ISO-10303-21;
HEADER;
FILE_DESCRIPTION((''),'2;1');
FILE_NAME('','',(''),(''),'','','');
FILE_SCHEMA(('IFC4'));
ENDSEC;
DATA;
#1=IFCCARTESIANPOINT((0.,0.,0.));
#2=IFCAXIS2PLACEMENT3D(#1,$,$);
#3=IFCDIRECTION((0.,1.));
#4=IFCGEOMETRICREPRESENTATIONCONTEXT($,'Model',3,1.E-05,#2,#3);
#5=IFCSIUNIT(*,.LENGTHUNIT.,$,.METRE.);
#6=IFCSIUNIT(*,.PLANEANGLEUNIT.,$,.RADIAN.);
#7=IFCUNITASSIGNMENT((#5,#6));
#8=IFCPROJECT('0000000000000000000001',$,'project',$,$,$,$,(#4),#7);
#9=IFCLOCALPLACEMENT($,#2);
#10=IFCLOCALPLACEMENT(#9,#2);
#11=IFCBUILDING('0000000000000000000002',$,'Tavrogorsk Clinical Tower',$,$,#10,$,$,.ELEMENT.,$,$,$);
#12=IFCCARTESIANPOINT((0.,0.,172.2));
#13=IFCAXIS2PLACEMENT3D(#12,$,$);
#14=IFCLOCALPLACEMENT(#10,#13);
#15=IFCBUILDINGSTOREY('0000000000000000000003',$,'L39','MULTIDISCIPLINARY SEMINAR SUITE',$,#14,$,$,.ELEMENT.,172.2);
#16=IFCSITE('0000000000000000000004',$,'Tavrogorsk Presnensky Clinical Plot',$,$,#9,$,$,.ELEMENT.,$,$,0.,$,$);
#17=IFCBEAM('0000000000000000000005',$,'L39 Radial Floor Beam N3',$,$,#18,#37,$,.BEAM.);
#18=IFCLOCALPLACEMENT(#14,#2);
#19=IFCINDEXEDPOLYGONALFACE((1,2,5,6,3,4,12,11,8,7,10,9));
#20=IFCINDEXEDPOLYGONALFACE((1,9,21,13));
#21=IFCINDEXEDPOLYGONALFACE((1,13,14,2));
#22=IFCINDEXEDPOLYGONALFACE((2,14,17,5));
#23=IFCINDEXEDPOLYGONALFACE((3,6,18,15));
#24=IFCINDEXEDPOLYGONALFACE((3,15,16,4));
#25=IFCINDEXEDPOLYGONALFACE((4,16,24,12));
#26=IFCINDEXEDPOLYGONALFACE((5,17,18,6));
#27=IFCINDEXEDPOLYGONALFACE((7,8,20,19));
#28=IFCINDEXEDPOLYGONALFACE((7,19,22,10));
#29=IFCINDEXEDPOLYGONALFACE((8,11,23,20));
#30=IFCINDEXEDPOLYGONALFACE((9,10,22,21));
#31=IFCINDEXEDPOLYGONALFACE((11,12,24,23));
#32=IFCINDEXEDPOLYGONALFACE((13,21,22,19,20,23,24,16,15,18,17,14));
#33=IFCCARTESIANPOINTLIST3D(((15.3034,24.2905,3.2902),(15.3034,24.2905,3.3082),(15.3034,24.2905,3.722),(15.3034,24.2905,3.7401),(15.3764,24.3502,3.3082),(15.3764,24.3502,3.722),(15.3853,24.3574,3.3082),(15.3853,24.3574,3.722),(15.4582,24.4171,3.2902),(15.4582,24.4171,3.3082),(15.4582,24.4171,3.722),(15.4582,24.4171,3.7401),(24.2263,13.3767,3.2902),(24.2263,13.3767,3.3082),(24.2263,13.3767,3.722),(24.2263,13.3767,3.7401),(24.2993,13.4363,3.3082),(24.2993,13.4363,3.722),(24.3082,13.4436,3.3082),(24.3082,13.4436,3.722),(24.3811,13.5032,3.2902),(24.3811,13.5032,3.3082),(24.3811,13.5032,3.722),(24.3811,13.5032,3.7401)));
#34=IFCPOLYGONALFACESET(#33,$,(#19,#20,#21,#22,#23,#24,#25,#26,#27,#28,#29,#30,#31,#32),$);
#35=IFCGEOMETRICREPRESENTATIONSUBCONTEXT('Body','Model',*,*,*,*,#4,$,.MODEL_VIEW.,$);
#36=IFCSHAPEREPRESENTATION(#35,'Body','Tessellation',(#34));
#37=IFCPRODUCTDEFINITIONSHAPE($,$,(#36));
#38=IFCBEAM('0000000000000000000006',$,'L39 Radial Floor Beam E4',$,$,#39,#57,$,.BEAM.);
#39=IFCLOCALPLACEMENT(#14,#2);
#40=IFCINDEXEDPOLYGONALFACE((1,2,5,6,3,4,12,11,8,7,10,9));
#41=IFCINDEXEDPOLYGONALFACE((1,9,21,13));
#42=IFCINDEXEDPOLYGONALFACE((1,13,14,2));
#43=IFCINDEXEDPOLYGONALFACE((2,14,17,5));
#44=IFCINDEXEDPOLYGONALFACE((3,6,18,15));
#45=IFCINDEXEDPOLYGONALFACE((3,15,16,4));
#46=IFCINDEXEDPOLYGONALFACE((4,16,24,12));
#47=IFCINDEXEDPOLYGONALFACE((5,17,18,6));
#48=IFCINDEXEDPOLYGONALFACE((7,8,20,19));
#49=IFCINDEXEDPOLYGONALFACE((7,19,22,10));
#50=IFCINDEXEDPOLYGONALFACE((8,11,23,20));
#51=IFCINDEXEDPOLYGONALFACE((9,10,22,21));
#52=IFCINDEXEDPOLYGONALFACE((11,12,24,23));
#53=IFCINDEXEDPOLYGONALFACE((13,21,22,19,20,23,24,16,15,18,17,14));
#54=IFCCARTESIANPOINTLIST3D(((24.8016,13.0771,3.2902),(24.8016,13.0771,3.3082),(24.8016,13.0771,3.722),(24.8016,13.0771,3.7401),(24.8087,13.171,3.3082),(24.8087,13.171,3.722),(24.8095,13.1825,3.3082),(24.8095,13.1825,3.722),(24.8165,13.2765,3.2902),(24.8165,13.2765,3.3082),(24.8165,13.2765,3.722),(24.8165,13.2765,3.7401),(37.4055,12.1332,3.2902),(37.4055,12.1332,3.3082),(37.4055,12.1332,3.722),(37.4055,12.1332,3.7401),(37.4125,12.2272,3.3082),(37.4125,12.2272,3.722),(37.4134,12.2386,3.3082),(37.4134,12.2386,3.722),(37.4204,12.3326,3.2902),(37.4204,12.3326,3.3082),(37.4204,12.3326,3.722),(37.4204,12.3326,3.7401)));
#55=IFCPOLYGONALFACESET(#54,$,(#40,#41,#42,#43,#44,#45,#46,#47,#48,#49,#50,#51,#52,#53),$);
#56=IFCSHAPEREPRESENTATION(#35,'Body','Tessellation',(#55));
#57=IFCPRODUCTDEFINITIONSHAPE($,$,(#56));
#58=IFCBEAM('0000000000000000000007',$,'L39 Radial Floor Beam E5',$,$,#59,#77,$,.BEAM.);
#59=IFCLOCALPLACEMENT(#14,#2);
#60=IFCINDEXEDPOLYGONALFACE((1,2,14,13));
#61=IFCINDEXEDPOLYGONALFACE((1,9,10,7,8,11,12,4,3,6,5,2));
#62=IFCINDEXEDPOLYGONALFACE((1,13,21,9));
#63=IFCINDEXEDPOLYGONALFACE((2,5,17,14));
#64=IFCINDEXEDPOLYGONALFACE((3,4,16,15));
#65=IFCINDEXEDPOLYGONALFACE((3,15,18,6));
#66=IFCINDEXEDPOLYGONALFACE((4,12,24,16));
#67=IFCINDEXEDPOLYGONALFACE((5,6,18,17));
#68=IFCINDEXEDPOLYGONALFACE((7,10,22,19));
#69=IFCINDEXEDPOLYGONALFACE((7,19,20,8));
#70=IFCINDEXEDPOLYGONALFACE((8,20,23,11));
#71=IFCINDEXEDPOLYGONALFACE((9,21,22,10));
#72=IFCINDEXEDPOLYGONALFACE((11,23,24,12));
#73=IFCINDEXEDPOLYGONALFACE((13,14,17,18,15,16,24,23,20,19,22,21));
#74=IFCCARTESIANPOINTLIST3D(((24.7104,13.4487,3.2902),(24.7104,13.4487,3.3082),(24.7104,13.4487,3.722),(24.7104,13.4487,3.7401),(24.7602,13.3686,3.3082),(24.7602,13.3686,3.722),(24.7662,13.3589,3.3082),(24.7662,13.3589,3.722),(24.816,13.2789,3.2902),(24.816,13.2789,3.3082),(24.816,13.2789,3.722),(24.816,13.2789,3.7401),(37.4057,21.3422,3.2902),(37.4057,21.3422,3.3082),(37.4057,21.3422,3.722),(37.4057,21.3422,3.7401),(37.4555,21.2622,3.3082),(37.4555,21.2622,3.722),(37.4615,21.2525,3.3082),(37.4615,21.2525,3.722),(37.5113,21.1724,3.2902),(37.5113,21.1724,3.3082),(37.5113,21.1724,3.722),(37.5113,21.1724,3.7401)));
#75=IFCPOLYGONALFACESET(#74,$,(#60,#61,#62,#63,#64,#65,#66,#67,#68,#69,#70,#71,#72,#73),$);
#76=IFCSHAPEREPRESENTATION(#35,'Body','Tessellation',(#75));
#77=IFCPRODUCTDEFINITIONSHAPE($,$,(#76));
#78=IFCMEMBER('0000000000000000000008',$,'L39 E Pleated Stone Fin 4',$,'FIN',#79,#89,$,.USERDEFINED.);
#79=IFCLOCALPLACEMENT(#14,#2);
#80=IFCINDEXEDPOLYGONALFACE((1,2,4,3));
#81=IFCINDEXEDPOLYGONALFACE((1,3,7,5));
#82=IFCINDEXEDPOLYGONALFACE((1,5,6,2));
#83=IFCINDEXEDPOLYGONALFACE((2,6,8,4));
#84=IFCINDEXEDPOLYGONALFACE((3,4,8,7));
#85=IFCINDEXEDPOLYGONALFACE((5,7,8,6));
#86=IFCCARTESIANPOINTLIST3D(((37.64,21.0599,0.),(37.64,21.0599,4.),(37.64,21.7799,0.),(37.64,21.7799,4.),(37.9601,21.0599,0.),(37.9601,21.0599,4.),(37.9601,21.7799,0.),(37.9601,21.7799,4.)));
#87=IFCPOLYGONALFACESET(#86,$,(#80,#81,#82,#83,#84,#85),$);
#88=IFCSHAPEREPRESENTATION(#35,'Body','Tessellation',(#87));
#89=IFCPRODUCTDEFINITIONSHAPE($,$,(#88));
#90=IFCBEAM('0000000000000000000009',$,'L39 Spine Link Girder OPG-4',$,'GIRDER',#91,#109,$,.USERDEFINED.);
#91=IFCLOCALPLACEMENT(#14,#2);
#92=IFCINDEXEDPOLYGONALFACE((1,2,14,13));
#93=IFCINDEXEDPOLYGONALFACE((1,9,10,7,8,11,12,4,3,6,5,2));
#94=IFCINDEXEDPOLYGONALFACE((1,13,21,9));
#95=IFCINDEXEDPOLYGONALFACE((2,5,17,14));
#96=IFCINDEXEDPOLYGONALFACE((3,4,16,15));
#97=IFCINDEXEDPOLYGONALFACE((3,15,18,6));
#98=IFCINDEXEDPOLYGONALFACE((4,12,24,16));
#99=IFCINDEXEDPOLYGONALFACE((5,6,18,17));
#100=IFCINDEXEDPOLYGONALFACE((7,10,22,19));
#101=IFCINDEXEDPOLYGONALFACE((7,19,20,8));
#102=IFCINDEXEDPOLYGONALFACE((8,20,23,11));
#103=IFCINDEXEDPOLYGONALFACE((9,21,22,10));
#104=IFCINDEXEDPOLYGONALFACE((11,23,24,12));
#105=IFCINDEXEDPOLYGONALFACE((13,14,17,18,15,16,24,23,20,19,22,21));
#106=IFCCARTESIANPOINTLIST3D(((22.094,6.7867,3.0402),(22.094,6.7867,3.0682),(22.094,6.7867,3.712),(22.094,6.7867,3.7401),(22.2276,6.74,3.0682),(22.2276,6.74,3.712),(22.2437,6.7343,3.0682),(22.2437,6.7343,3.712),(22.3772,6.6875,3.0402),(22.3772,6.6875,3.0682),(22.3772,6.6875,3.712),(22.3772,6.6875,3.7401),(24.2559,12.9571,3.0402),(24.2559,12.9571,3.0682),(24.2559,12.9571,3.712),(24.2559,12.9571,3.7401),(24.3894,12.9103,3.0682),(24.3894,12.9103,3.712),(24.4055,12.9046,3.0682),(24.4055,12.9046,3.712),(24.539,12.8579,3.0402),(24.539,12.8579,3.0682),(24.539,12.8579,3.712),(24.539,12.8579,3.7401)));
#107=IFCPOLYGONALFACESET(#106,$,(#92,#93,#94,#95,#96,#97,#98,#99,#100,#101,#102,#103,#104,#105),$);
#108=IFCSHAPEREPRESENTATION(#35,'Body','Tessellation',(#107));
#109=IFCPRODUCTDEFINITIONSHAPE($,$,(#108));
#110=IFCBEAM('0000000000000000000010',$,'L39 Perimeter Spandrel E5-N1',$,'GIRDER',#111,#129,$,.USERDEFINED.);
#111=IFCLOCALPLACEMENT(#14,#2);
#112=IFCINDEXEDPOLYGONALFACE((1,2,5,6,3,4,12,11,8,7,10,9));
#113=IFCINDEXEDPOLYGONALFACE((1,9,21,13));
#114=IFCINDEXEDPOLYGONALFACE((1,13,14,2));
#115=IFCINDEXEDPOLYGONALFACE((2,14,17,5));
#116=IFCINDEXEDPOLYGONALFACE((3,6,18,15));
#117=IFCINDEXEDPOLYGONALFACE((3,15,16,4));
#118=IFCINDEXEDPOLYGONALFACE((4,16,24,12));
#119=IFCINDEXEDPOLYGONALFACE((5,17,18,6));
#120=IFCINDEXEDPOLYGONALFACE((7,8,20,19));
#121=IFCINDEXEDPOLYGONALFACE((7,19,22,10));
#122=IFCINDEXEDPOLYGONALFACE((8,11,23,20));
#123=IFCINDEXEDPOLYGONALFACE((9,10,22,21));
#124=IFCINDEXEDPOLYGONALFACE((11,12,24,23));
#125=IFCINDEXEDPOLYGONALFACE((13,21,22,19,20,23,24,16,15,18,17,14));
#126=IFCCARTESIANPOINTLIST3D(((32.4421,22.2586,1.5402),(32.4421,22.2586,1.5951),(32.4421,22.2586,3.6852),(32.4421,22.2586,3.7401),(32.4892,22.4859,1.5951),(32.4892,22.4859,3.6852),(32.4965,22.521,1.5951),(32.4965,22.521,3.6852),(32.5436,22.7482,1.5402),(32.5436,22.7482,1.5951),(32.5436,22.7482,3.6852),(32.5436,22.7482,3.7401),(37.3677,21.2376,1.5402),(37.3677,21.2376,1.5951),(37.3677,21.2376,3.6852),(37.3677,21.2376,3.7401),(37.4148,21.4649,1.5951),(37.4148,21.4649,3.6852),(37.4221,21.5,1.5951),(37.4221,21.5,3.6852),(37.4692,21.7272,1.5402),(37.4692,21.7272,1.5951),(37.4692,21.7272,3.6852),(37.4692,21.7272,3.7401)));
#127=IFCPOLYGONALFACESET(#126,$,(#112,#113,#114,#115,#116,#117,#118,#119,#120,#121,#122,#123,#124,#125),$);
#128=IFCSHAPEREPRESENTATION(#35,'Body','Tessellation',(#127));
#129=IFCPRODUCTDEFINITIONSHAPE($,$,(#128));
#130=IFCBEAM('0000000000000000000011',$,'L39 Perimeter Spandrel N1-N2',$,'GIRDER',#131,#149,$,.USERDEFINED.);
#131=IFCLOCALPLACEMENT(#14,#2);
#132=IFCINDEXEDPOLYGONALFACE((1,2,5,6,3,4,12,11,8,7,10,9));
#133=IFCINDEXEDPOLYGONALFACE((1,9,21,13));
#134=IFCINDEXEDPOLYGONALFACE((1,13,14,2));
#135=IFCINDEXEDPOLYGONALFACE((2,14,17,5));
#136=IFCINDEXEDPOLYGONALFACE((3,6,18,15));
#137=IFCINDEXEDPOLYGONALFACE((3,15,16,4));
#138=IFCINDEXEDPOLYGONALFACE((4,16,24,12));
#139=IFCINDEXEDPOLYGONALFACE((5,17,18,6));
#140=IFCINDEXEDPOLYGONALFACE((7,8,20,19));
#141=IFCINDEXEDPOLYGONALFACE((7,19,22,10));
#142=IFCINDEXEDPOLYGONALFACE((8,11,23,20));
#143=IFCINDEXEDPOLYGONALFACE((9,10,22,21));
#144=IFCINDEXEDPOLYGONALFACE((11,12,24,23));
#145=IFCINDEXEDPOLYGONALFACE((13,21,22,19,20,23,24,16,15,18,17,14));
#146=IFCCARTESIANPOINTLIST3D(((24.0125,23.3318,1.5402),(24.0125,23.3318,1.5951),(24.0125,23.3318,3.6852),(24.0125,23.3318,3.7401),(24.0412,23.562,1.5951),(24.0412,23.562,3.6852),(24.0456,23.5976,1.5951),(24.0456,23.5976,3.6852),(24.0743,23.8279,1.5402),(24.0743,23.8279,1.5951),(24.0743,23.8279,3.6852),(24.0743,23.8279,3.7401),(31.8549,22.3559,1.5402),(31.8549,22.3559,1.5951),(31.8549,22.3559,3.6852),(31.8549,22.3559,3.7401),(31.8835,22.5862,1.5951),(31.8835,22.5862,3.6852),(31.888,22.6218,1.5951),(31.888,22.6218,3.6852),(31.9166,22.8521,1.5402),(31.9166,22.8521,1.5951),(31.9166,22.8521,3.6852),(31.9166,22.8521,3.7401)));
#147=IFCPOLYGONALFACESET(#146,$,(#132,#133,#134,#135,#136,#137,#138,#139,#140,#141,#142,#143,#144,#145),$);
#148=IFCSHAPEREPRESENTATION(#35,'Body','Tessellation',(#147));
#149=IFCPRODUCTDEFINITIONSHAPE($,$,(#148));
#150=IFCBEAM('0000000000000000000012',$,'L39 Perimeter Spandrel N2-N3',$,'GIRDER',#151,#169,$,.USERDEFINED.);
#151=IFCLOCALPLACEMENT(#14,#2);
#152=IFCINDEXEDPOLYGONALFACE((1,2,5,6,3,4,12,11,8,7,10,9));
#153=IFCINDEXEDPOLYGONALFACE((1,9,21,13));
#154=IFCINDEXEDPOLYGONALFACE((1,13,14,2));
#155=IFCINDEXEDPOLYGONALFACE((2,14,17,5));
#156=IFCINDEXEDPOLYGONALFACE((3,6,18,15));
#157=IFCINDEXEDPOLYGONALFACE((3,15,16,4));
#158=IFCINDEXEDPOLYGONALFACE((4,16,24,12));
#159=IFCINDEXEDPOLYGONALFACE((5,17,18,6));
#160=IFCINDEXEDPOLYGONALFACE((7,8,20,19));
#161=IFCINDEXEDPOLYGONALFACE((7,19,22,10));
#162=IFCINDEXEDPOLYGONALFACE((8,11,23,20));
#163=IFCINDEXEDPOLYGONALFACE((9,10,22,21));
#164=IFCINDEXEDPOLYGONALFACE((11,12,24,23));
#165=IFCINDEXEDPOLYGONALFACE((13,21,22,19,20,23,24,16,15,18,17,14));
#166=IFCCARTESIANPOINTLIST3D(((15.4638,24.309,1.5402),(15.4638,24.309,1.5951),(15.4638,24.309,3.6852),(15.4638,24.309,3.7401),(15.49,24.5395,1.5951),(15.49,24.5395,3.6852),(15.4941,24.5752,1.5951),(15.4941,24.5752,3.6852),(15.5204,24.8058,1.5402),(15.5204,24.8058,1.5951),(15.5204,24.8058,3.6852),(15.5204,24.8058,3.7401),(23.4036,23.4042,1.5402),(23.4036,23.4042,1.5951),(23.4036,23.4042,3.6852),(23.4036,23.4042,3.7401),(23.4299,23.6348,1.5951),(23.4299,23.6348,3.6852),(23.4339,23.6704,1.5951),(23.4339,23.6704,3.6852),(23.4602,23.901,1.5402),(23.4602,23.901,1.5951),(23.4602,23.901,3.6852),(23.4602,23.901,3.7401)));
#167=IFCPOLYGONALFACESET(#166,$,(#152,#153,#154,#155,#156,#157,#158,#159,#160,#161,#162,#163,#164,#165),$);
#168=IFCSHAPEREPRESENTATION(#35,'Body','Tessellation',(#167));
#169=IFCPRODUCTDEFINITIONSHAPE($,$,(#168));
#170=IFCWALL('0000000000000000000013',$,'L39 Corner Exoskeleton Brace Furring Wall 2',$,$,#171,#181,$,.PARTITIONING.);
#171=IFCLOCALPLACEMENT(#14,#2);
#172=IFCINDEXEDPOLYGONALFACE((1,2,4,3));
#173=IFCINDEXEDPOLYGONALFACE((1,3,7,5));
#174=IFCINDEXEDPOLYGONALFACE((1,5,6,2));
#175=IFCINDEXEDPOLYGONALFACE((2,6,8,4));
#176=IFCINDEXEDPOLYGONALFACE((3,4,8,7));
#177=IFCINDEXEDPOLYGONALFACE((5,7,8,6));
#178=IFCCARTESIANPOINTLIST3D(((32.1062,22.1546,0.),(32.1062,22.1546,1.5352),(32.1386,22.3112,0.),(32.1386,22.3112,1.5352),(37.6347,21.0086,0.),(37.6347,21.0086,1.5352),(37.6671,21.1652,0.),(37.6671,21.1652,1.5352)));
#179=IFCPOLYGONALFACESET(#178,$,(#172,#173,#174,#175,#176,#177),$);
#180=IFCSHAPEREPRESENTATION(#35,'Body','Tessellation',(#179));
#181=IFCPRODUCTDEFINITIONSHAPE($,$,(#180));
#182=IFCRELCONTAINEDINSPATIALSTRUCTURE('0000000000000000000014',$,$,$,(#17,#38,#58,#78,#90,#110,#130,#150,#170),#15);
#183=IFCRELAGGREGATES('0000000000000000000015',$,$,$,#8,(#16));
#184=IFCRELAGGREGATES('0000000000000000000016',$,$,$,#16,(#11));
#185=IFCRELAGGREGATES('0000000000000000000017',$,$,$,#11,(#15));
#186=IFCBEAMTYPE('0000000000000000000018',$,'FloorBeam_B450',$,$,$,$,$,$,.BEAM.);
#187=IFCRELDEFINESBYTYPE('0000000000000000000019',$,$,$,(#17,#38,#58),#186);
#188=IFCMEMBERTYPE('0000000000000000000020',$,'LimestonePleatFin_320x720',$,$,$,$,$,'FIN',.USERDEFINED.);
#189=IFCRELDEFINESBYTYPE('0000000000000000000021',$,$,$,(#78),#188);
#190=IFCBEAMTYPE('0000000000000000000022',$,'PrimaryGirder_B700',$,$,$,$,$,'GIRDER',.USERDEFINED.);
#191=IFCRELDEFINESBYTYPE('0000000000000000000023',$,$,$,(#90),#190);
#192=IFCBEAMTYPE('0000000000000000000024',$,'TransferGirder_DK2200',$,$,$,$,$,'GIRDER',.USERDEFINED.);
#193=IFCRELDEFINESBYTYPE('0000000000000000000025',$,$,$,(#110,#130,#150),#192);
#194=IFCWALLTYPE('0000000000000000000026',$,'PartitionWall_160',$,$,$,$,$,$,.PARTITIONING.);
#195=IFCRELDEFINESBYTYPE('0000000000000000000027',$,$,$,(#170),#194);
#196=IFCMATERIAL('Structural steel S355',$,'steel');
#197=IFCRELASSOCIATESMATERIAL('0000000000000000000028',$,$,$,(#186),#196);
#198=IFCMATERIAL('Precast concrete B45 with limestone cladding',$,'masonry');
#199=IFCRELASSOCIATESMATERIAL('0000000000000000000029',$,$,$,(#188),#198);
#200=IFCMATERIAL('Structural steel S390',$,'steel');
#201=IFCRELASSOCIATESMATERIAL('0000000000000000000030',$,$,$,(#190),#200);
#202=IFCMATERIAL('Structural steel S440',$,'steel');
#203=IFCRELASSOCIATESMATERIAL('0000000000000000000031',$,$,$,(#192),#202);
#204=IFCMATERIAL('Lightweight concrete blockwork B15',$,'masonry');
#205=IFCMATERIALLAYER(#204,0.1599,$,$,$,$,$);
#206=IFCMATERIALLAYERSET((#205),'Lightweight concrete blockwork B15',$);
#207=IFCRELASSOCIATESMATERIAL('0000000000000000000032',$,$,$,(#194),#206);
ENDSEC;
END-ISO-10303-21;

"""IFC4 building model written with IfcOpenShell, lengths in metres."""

from ifc_helpers import new_model, si_unit, direction, frame, frame_2d, origin, origin_2d, place, context, subcontext, project, spatial, rectangle, i_section, extrude, material, layer, layer_set, material_profile, profile_set, type_object, element, save


model = new_model("IFC4")

# Units and contexts
model_context = context("Model", 3, precision=1e-05, world=origin(), true_north=direction((0.0, 1.0)))
body_context = subcontext(model_context, "Body", "Model", "MODEL_VIEW")
ifc_project = project(units=[si_unit("LENGTHUNIT", "METRE"), si_unit("PLANEANGLEUNIT", "RADIAN")], contexts=[model_context])

# Site, building, storey
site_placement = place(None, origin())
site = spatial("IfcSite", under=ifc_project, at=site_placement, Name="Tavrogorsk Presnensky Clinical Plot", CompositionType="ELEMENT", RefElevation=0.0)
building_placement = place(site_placement, origin())
building = spatial("IfcBuilding", under=site, at=building_placement, Name="Tavrogorsk Clinical Tower", CompositionType="ELEMENT")
storey_placement = place(building_placement, frame((0.0, 0.0, 172.2)))
storey = spatial("IfcBuildingStorey", under=building, at=storey_placement, Name="L39", Description="MULTIDISCIPLINARY SEMINAR SUITE", CompositionType="ELEMENT", Elevation=172.2)

# Beams
ifc_material_1 = material(Name="Structural steel S355", Category="steel")
ifc_material_profile_1 = material_profile(ifc_material_1, i_section(OverallWidth=0.2, OverallDepth=0.45, WebThickness=0.0115, FlangeThickness=0.0181, at=origin_2d()), Name="B-450x200x11.5x18")
ifc_profile_set_1 = profile_set([ifc_material_profile_1], Name="Structural steel S355")
beam_type_1 = type_object("IfcBeamType", Name="FloorBeam_B450", PredefinedType="BEAM", material=ifc_profile_set_1)
beam_1_placement = place(storey_placement, frame((24.3037, 13.4399, 3.5151), z_axis=(-0.632956, 0.774188, 0.0), x_axis=(-0.774188, -0.632956, 0.0)))
element("IfcBeam", 1, at=beam_1_placement, inside=storey, type_object=beam_type_1, Name="L39 Radial Floor Beam N3", PredefinedType="BEAM", context=body_context, shape_type="SweptSolid", body=[
    extrude(i_section(OverallWidth=0.2, OverallDepth=0.45, WebThickness=0.0115, FlangeThickness=0.0181, at=origin_2d()), origin(), (0.0, 0.0, 1.0), 14.0972),
])
beam_2_placement = place(storey_placement, frame((24.8091, 13.1768, 3.5151), z_axis=(0.997208, -0.074677, 0.0), x_axis=(0.074677, 0.997208, 0.0)))
element("IfcBeam", 2, at=beam_2_placement, inside=storey, type_object=beam_type_1, Name="L39 Radial Floor Beam E4", PredefinedType="BEAM", context=body_context, shape_type="SweptSolid", body=[
    extrude(i_section(OverallWidth=0.2, OverallDepth=0.45, WebThickness=0.0115, FlangeThickness=0.0181, at=origin_2d()), origin(), (0.0, 0.0, 1.0), 12.6392),
])
beam_3_placement = place(storey_placement, frame((24.7632, 13.3638, 3.5151), z_axis=(0.849229, 0.528025, 0.0), x_axis=(-0.528025, 0.849229, 0.0)))
element("IfcBeam", 3, at=beam_3_placement, inside=storey, type_object=beam_type_1, Name="L39 Radial Floor Beam E5", PredefinedType="BEAM", context=body_context, shape_type="SweptSolid", body=[
    extrude(i_section(OverallWidth=0.2, OverallDepth=0.45, WebThickness=0.0115, FlangeThickness=0.0181, at=origin_2d()), origin(), (0.0, 0.0, 1.0), 14.9492),
])

# Member
ifc_material_2 = material(Name="Precast concrete B45 with limestone cladding", Category="masonry")
ifc_material_profile_2 = material_profile(ifc_material_2, rectangle(XDim=0.3201, YDim=0.72, at=origin_2d()), Name="LIMESTONE-FIN-320x720")
ifc_profile_set_2 = profile_set([ifc_material_profile_2], Name="Precast concrete B45 with limestone cladding")
member_type_1 = type_object("IfcMemberType", Name="LimestonePleatFin_320x720", ElementType="FIN", PredefinedType="USERDEFINED", material=ifc_profile_set_2)
member_1_placement = place(storey_placement, frame((37.8, 21.4199, 0.0), z_axis=(0.0, 0.0, 1.0), x_axis=(1.0, 0.0, 0.0)))
element("IfcMember", 4, at=member_1_placement, inside=storey, type_object=member_type_1, Name="L39 E Pleated Stone Fin 4", ObjectType="FIN", PredefinedType="USERDEFINED", context=body_context, shape_type="SweptSolid", body=[
    extrude(rectangle(XDim=0.3201, YDim=0.72, at=origin_2d()), origin(), (0.0, 0.0, 1.0), 4.0),
])

# Beams
ifc_material_3 = material(Name="Structural steel S390", Category="steel")
ifc_material_profile_3 = material_profile(ifc_material_3, i_section(OverallWidth=0.3, OverallDepth=0.7, WebThickness=0.0171, FlangeThickness=0.0281, at=origin_2d()), Name="B-700x300x17x28")
ifc_profile_set_3 = profile_set([ifc_material_profile_3], Name="Structural steel S390")
beam_type_2 = type_object("IfcBeamType", Name="PrimaryGirder_B700", ElementType="GIRDER", PredefinedType="USERDEFINED", material=ifc_profile_set_3)
beam_4_placement = place(storey_placement, frame((24.3975, 12.9075, 3.3901), z_axis=(-0.330653, -0.943752, 0.0), x_axis=(0.943752, -0.330653, 0.0)))
element("IfcBeam", 5, at=beam_4_placement, inside=storey, type_object=beam_type_2, Name="L39 Spine Link Girder OPG-4", ObjectType="GIRDER", PredefinedType="USERDEFINED", context=body_context, shape_type="SweptSolid", body=[
    extrude(i_section(OverallWidth=0.3, OverallDepth=0.7, WebThickness=0.0171, FlangeThickness=0.0281, at=origin_2d()), origin(), (0.0, 0.0, 1.0), 6.5381),
])
ifc_material_4 = material(Name="Structural steel S440", Category="steel")
ifc_material_profile_4 = material_profile(ifc_material_4, i_section(OverallWidth=0.5, OverallDepth=2.2, WebThickness=0.0359, FlangeThickness=0.0549, at=origin_2d()), Name="DK-2200x500x36x55")
ifc_profile_set_4 = profile_set([ifc_material_profile_4], Name="Structural steel S440")
beam_type_3 = type_object("IfcBeamType", Name="TransferGirder_DK2200", ElementType="GIRDER", PredefinedType="USERDEFINED", material=ifc_profile_set_4)
beam_5_placement = place(storey_placement, frame((37.4185, 21.4824, 2.6401), z_axis=(-0.979185, 0.202972, 0.0), x_axis=(-0.202972, -0.979185, 0.0)))
element("IfcBeam", 6, at=beam_5_placement, inside=storey, type_object=beam_type_3, Name="L39 Perimeter Spandrel E5-N1", ObjectType="GIRDER", PredefinedType="USERDEFINED", context=body_context, shape_type="SweptSolid", body=[
    extrude(i_section(OverallWidth=0.5, OverallDepth=2.2, WebThickness=0.0359, FlangeThickness=0.0549, at=origin_2d()), origin(), (0.0, 0.0, 1.0), 5.0303),
])
beam_6_placement = place(storey_placement, frame((31.8857, 22.604, 2.6401), z_axis=(-0.992347, 0.12348, 0.0), x_axis=(-0.12348, -0.992347, 0.0)))
element("IfcBeam", 7, at=beam_6_placement, inside=storey, type_object=beam_type_3, Name="L39 Perimeter Spandrel N1-N2", ObjectType="GIRDER", PredefinedType="USERDEFINED", context=body_context, shape_type="SweptSolid", body=[
    extrude(i_section(OverallWidth=0.5, OverallDepth=2.2, WebThickness=0.0359, FlangeThickness=0.0549, at=origin_2d()), origin(), (0.0, 0.0, 1.0), 7.9028),
])
beam_7_placement = place(storey_placement, frame((23.4319, 23.6526, 2.6401), z_axis=(-0.99357, 0.113221, 0.0), x_axis=(-0.113221, -0.99357, 0.0)))
element("IfcBeam", 8, at=beam_7_placement, inside=storey, type_object=beam_type_3, Name="L39 Perimeter Spandrel N2-N3", ObjectType="GIRDER", PredefinedType="USERDEFINED", context=body_context, shape_type="SweptSolid", body=[
    extrude(i_section(OverallWidth=0.5, OverallDepth=2.2, WebThickness=0.0359, FlangeThickness=0.0549, at=origin_2d()), origin(), (0.0, 0.0, 1.0), 7.9912),
])

# Wall
ifc_material_5 = material(Name="Lightweight concrete blockwork B15", Category="masonry")
ifc_layer_1 = layer(ifc_material_5, 0.1599)
ifc_layer_set_1 = layer_set([ifc_layer_1], Name="Lightweight concrete blockwork B15")
wall_type_1 = type_object("IfcWallType", Name="PartitionWall_160", PredefinedType="PARTITIONING", material=ifc_layer_set_1)
wall_1_placement = place(storey_placement, frame((37.6509, 21.0869, 0.0), z_axis=(0.0, 0.0, 1.0), x_axis=(-0.979185, 0.202972, 0.0)))
element("IfcWall", 9, at=wall_1_placement, inside=storey, type_object=wall_type_1, Name="L39 Corner Exoskeleton Brace Furring Wall 2", PredefinedType="PARTITIONING", context=body_context, shape_type="SweptSolid", body=[
    extrude(rectangle(XDim=5.646, YDim=0.1599, at=frame_2d((2.823, 0.0))), origin(), (0.0, 0.0, 1.0), 1.5352),
])

save(model, "model.ifc")
